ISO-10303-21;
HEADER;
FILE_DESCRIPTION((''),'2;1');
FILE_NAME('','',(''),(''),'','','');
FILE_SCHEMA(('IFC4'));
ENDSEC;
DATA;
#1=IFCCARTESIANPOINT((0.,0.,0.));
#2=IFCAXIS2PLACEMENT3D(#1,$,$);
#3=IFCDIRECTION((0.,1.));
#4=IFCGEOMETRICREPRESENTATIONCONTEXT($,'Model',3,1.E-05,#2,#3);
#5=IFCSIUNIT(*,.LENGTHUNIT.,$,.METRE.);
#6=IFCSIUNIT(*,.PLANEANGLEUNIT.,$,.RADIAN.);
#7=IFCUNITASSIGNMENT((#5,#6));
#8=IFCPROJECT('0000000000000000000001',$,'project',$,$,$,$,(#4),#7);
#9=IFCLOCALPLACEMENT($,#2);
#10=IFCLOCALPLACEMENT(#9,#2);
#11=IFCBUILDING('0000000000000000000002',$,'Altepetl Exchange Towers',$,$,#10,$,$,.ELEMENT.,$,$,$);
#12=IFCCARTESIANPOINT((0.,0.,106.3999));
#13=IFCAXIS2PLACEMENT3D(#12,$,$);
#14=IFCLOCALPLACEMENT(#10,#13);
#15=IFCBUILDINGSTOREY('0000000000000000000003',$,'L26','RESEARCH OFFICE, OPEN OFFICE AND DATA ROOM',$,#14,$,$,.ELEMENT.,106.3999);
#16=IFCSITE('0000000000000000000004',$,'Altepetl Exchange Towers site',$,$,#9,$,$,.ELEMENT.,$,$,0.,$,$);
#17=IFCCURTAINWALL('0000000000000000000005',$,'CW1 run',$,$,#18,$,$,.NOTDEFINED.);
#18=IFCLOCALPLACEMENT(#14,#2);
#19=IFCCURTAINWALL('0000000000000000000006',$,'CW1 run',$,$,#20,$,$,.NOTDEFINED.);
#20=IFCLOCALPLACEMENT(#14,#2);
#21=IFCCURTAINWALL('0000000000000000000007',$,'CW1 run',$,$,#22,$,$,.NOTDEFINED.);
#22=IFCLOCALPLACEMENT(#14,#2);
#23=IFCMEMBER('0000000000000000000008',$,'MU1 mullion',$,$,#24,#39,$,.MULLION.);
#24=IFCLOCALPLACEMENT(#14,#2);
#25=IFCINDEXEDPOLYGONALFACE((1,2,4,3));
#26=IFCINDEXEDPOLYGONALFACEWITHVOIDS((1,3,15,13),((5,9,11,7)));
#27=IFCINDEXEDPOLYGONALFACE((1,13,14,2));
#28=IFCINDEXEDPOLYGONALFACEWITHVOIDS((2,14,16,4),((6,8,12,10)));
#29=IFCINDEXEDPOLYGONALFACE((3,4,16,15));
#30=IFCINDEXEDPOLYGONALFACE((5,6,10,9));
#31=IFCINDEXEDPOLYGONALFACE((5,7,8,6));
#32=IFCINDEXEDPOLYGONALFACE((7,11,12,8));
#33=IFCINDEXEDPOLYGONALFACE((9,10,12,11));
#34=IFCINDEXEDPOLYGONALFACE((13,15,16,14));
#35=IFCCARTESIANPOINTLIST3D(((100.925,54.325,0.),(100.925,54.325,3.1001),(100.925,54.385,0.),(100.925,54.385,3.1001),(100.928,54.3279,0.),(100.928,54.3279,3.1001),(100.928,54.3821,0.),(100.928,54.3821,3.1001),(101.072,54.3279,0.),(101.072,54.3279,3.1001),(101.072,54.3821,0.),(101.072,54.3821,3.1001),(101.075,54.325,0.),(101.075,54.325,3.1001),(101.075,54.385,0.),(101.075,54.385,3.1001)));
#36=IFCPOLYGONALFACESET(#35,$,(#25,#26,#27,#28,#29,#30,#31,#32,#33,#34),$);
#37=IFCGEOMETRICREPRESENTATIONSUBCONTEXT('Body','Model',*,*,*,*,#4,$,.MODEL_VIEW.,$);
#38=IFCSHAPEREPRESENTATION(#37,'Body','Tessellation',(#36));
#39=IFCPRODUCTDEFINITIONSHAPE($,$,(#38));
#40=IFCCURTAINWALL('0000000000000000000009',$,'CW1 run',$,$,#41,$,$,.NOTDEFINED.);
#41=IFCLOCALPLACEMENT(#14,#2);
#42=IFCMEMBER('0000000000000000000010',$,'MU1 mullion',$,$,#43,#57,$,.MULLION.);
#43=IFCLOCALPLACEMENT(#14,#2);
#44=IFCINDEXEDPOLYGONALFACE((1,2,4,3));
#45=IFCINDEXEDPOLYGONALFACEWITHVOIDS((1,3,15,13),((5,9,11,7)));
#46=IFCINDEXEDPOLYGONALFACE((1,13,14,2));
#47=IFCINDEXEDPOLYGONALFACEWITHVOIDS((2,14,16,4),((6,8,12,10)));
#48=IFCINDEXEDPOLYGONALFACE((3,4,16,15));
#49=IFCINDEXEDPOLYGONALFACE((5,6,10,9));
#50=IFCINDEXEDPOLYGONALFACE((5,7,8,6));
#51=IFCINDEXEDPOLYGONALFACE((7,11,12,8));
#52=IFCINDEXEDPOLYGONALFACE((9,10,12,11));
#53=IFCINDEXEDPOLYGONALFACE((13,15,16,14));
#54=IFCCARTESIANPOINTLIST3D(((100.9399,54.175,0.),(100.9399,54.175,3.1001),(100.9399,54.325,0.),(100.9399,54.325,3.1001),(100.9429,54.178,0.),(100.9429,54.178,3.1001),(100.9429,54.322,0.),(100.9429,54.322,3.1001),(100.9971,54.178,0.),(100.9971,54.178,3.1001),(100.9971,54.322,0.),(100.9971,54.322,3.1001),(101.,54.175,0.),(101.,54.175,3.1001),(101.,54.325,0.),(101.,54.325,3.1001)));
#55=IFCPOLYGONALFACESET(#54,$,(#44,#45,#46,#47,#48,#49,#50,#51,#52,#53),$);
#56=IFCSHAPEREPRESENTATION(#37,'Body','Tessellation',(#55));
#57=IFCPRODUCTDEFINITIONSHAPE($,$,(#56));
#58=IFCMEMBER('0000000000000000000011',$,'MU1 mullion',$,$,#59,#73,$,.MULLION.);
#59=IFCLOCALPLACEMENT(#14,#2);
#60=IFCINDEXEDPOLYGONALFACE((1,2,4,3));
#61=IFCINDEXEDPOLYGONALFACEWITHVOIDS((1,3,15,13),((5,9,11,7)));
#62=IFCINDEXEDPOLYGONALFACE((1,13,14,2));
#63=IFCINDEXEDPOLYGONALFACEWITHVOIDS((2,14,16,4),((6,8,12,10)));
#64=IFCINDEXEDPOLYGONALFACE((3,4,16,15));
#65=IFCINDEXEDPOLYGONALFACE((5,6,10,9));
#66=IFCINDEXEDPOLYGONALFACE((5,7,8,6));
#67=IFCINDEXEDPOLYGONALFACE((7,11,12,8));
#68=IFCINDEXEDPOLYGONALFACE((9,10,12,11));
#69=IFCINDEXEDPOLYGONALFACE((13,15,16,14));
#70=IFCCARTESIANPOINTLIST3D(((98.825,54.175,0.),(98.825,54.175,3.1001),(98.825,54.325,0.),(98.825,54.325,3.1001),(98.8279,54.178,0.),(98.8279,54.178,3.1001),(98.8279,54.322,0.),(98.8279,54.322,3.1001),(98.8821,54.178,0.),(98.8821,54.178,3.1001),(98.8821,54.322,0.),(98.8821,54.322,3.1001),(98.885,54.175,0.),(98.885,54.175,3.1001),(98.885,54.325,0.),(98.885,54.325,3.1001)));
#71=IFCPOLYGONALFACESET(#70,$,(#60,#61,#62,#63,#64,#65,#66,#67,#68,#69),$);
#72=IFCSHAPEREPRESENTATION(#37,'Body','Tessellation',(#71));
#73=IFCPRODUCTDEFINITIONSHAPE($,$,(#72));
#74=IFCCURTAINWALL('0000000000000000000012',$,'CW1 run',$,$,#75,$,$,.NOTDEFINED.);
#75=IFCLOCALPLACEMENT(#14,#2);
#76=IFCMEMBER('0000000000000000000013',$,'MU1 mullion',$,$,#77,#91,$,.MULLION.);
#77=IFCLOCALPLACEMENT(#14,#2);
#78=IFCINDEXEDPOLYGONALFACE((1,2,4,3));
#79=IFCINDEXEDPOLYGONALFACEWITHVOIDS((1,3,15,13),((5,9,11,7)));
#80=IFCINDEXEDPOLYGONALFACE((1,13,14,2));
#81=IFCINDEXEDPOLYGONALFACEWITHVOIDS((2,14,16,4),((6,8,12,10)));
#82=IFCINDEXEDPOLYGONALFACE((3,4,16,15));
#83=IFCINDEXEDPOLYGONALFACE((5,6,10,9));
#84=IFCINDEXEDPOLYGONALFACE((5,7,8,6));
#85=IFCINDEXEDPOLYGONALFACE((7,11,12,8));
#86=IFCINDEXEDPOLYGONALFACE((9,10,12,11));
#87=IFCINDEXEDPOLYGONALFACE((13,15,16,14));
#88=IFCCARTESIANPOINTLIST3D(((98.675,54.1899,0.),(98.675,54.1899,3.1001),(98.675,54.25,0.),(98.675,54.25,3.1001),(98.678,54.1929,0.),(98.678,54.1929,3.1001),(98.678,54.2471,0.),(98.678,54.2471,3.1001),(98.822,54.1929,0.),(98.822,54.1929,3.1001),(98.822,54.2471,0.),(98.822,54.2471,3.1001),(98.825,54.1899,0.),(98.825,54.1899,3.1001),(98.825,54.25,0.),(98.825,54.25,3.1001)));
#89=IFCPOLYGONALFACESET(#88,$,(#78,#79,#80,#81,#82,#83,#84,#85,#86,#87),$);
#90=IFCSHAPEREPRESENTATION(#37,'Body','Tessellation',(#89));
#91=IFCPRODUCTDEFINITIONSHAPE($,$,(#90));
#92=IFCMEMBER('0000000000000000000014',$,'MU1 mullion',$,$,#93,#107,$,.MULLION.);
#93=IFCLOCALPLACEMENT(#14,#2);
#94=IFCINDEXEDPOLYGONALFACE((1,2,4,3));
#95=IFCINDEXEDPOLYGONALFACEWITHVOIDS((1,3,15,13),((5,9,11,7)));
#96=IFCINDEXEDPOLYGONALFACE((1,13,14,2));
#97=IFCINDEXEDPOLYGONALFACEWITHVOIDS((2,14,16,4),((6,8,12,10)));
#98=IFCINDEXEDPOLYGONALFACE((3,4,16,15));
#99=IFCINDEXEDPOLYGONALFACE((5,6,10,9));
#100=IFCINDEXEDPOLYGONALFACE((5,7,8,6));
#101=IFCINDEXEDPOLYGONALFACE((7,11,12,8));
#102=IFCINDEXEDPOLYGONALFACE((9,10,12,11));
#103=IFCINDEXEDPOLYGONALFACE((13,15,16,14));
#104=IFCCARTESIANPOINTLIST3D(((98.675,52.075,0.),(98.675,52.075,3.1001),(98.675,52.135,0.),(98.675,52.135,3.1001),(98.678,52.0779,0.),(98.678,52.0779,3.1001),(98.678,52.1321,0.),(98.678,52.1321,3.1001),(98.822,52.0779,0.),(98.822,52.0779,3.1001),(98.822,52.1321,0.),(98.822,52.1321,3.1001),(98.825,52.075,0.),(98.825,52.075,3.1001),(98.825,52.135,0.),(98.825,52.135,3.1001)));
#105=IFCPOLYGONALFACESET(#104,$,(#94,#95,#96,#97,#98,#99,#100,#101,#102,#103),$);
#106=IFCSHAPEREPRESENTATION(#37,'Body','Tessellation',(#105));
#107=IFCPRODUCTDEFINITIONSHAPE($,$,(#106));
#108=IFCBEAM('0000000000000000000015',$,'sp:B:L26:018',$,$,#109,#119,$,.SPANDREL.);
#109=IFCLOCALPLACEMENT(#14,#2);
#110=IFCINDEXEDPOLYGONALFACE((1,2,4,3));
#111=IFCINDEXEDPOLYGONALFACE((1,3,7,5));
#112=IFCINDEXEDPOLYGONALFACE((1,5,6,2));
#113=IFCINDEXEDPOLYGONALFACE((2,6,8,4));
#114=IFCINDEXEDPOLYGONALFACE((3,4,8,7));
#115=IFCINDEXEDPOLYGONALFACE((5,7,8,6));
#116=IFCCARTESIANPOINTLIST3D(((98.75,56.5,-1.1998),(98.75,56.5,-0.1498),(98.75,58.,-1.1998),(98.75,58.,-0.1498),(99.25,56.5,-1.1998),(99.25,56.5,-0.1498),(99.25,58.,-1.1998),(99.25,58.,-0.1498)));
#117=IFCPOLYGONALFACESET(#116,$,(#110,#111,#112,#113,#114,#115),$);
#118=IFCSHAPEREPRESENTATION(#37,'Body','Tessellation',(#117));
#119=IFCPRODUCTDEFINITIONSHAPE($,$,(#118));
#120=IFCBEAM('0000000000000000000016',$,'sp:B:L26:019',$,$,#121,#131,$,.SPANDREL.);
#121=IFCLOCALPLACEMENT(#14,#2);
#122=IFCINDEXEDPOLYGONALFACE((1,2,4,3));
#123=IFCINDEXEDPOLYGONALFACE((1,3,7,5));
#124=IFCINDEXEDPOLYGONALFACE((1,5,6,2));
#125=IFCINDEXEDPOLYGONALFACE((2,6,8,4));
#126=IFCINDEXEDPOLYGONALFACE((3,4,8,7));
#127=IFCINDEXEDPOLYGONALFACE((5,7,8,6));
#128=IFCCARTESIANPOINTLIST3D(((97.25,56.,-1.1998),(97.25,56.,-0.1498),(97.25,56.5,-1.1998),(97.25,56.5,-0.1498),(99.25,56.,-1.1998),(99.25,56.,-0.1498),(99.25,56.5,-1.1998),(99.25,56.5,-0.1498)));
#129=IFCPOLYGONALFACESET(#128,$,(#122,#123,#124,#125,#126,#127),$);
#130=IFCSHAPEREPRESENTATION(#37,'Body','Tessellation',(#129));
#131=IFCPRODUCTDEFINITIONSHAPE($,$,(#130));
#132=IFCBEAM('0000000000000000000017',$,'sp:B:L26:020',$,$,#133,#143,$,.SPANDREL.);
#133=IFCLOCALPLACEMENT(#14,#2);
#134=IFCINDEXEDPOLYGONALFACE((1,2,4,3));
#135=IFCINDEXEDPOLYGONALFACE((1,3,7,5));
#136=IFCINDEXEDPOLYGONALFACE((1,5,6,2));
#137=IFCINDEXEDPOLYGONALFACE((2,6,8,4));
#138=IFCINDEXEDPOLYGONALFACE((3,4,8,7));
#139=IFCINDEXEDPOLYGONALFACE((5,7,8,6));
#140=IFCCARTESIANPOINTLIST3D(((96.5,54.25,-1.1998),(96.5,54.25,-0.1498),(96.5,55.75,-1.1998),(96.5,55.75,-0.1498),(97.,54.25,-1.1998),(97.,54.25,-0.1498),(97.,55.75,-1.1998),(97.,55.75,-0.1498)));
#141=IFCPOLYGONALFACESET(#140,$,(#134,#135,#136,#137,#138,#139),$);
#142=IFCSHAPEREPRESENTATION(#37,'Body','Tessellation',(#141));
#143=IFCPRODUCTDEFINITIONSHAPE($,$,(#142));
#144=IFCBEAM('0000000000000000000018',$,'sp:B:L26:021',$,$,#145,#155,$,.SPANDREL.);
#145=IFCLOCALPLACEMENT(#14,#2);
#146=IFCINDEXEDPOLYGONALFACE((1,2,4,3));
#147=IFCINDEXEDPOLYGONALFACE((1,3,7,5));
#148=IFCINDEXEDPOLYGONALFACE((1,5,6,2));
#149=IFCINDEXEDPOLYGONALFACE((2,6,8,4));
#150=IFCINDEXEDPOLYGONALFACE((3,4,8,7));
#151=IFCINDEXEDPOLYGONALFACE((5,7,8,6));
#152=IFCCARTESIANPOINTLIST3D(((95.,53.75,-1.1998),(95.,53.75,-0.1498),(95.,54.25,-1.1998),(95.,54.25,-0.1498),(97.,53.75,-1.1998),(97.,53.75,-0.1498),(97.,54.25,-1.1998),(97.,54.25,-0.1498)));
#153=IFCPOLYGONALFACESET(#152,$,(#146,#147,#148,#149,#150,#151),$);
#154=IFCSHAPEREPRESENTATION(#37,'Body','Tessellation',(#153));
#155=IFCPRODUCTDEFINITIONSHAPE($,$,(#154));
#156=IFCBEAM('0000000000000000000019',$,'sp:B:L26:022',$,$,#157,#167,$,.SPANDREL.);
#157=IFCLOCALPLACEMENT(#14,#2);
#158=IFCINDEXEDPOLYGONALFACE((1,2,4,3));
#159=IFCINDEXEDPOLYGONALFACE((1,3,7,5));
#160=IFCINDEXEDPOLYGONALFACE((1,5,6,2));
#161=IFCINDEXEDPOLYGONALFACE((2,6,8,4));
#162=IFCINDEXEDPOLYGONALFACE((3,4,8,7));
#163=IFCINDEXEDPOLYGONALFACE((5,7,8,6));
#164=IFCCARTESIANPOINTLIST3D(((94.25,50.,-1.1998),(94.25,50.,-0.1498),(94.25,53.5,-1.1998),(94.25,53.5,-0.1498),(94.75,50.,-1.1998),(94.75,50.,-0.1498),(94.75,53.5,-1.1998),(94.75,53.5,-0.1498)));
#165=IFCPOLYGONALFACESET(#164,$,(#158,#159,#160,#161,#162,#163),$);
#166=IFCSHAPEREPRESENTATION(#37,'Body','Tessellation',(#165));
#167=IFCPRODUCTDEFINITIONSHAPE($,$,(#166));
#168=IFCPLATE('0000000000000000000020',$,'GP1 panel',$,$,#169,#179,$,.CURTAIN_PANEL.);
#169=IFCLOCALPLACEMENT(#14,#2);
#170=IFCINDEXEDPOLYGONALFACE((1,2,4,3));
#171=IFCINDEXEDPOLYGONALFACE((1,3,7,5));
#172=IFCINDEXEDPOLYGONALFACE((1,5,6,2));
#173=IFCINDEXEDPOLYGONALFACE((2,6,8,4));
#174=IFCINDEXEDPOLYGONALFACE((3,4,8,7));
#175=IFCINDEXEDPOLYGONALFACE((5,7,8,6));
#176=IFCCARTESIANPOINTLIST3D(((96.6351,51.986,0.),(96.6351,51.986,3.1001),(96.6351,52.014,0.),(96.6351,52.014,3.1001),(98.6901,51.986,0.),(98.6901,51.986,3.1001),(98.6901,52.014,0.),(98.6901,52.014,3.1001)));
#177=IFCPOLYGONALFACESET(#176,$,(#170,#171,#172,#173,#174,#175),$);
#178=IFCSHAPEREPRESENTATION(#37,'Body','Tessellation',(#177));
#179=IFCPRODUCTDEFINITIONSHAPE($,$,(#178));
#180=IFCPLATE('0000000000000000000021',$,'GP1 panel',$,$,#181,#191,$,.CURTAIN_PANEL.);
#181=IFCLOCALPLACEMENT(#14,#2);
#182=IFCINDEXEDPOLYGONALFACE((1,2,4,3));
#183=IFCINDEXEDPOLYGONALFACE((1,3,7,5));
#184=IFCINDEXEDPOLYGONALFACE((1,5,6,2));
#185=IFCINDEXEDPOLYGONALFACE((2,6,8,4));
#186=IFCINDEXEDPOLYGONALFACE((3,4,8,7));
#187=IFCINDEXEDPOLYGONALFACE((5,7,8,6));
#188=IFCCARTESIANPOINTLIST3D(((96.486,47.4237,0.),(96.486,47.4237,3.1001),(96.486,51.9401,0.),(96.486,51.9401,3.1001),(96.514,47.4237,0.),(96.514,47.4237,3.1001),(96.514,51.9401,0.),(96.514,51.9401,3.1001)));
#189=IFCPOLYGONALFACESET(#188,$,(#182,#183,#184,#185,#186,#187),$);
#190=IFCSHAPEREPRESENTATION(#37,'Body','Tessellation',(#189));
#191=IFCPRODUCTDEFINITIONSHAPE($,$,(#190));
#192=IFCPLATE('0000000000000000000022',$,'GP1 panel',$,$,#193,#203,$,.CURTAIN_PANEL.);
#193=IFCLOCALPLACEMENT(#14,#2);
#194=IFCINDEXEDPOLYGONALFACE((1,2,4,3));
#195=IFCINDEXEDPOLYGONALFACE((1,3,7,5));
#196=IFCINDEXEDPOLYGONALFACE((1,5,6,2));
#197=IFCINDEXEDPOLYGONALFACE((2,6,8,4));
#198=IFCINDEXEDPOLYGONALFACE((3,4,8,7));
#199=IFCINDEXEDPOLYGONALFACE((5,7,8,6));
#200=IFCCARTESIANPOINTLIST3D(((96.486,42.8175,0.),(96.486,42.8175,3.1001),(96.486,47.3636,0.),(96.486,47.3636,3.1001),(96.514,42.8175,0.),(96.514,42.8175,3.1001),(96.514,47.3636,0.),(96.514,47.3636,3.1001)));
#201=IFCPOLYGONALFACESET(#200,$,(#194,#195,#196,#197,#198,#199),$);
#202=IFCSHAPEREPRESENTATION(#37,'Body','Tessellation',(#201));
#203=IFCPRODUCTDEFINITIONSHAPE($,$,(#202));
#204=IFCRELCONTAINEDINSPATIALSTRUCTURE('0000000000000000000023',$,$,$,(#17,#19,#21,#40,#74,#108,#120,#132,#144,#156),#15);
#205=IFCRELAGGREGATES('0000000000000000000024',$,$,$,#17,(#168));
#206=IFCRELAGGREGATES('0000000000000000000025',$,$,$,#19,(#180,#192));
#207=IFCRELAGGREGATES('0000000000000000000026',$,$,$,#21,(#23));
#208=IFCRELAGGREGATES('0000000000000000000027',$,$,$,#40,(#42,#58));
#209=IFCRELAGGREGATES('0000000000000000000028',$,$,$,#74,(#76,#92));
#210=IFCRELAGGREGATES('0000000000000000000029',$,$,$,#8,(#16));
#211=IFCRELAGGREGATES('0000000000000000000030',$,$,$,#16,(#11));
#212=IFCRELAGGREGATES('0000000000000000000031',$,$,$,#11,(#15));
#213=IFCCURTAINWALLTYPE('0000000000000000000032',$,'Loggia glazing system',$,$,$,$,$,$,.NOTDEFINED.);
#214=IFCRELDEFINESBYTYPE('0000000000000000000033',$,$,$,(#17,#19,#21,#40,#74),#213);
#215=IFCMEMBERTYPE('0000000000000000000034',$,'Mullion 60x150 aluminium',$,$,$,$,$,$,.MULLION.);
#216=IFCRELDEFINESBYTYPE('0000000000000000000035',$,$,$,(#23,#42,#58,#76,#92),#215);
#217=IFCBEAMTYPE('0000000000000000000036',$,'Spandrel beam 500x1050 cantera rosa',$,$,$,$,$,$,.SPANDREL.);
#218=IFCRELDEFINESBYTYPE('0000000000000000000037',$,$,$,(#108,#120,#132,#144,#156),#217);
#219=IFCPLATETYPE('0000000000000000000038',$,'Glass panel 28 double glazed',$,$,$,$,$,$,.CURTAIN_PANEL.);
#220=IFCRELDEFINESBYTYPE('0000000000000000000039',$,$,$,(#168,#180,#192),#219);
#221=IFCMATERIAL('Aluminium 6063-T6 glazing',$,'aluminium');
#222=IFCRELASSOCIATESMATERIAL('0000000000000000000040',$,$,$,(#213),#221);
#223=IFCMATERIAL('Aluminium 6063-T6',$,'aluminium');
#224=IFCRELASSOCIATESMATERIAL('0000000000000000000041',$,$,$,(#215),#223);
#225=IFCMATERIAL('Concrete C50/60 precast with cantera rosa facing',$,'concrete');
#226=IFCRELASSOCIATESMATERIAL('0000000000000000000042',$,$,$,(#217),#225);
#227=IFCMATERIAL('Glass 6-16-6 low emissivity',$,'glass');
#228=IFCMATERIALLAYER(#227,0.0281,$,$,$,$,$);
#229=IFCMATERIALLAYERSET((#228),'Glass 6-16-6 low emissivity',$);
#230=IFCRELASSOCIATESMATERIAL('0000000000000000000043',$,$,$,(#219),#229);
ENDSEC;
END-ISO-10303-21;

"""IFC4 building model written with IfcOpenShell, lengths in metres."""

from ifc_helpers import new_model, si_unit, direction, frame, origin, origin_2d, place, context, subcontext, project, spatial, rectangle, hollow_rectangle, extrude, material, layer, layer_set, material_profile, profile_set, type_object, element, aggregate, save


model = new_model("IFC4")

# Units and contexts
model_context = context("Model", 3, precision=1e-05, world=origin(), true_north=direction((0.0, 1.0)))
body_context = subcontext(model_context, "Body", "Model", "MODEL_VIEW")
ifc_project = project(units=[si_unit("LENGTHUNIT", "METRE"), si_unit("PLANEANGLEUNIT", "RADIAN")], contexts=[model_context])

# Site, building, storey
site_placement = place(None, origin())
site = spatial("IfcSite", under=ifc_project, at=site_placement, Name="Altepetl Exchange Towers site", CompositionType="ELEMENT", RefElevation=0.0)
building_placement = place(site_placement, origin())
building = spatial("IfcBuilding", under=site, at=building_placement, Name="Altepetl Exchange Towers", CompositionType="ELEMENT")
storey_placement = place(building_placement, frame((0.0, 0.0, 106.3999)))
storey = spatial("IfcBuildingStorey", under=building, at=storey_placement, Name="L26", Description="RESEARCH OFFICE, OPEN OFFICE AND DATA ROOM", CompositionType="ELEMENT", Elevation=106.3999)

# Curtain walls, members
ifc_material_1 = material(Name="Aluminium 6063-T6 glazing", Category="aluminium")
curtain_wall_type = type_object("IfcCurtainWallType", Name="Loggia glazing system", PredefinedType="NOTDEFINED", material=ifc_material_1)
curtain_wall_1_placement = place(storey_placement, origin())
curtain_wall_1 = element("IfcCurtainWall", 1, at=curtain_wall_1_placement, inside=storey, type_object=curtain_wall_type, Name="CW1 run", PredefinedType="NOTDEFINED")
ifc_material_2 = material(Name="Aluminium 6063-T6", Category="aluminium")
ifc_material_profile_1 = material_profile(ifc_material_2, hollow_rectangle(XDim=0.0601, YDim=0.1499, WallThickness=0.0029, at=origin_2d()), Name="Mullion 60x150 aluminium")
ifc_profile_set_1 = profile_set([ifc_material_profile_1], Name="Aluminium 6063-T6")
member_type = type_object("IfcMemberType", Name="Mullion 60x150 aluminium", PredefinedType="MULLION", material=ifc_profile_set_1)
curtain_wall_2_placement = place(storey_placement, origin())
curtain_wall_2 = element("IfcCurtainWall", 2, at=curtain_wall_2_placement, inside=storey, type_object=curtain_wall_type, Name="CW1 run", PredefinedType="NOTDEFINED")
curtain_wall_3_placement = place(storey_placement, origin())
curtain_wall_3 = element("IfcCurtainWall", 3, at=curtain_wall_3_placement, inside=storey, type_object=curtain_wall_type, Name="CW1 run", PredefinedType="NOTDEFINED")
member_1_placement = place(storey_placement, frame((101.0, 54.355, 0.0), z_axis=(0.0, 0.0, 1.0), x_axis=(0.0, -1.0, 0.0)))
member_1 = element("IfcMember", 4, at=member_1_placement, type_object=member_type, Name="MU1 mullion", PredefinedType="MULLION", context=body_context, shape_type="SweptSolid", body=[
    extrude(hollow_rectangle(XDim=0.0601, YDim=0.1499, WallThickness=0.0029, at=origin_2d()), origin(), (0.0, 0.0, 1.0), 3.1001),
])
curtain_wall_4_placement = place(storey_placement, origin())
curtain_wall_4 = element("IfcCurtainWall", 5, at=curtain_wall_4_placement, inside=storey, type_object=curtain_wall_type, Name="CW1 run", PredefinedType="NOTDEFINED")
member_2_placement = place(storey_placement, frame((100.97, 54.25, 0.0), z_axis=(0.0, 0.0, 1.0), x_axis=(-1.0, 0.0, 0.0)))
member_2 = element("IfcMember", 6, at=member_2_placement, type_object=member_type, Name="MU1 mullion", PredefinedType="MULLION", context=body_context, shape_type="SweptSolid", body=[
    extrude(hollow_rectangle(XDim=0.0601, YDim=0.1499, WallThickness=0.0029, at=origin_2d()), origin(), (0.0, 0.0, 1.0), 3.1001),
])
member_3_placement = place(storey_placement, frame((98.855, 54.25, 0.0), z_axis=(0.0, 0.0, 1.0), x_axis=(-1.0, 0.0, 0.0)))
member_3 = element("IfcMember", 7, at=member_3_placement, type_object=member_type, Name="MU1 mullion", PredefinedType="MULLION", context=body_context, shape_type="SweptSolid", body=[
    extrude(hollow_rectangle(XDim=0.0601, YDim=0.1499, WallThickness=0.0029, at=origin_2d()), origin(), (0.0, 0.0, 1.0), 3.1001),
])
curtain_wall_5_placement = place(storey_placement, origin())
curtain_wall_5 = element("IfcCurtainWall", 8, at=curtain_wall_5_placement, inside=storey, type_object=curtain_wall_type, Name="CW1 run", PredefinedType="NOTDEFINED")
member_4_placement = place(storey_placement, frame((98.75, 54.22, 0.0), z_axis=(0.0, 0.0, 1.0), x_axis=(0.0, -1.0, 0.0)))
member_4 = element("IfcMember", 9, at=member_4_placement, type_object=member_type, Name="MU1 mullion", PredefinedType="MULLION", context=body_context, shape_type="SweptSolid", body=[
    extrude(hollow_rectangle(XDim=0.0601, YDim=0.1499, WallThickness=0.0029, at=origin_2d()), origin(), (0.0, 0.0, 1.0), 3.1001),
])
member_5_placement = place(storey_placement, frame((98.75, 52.105, 0.0), z_axis=(0.0, 0.0, 1.0), x_axis=(0.0, -1.0, 0.0)))
member_5 = element("IfcMember", 10, at=member_5_placement, type_object=member_type, Name="MU1 mullion", PredefinedType="MULLION", context=body_context, shape_type="SweptSolid", body=[
    extrude(hollow_rectangle(XDim=0.0601, YDim=0.1499, WallThickness=0.0029, at=origin_2d()), origin(), (0.0, 0.0, 1.0), 3.1001),
])

# Beams
ifc_material_3 = material(Name="Concrete C50/60 precast with cantera rosa facing", Category="concrete")
ifc_material_profile_2 = material_profile(ifc_material_3, rectangle(XDim=0.5, YDim=1.05, at=origin_2d()), Name="500 x 1050")
ifc_profile_set_2 = profile_set([ifc_material_profile_2], Name="Concrete C50/60 precast with cantera rosa facing")
beam_type_1 = type_object("IfcBeamType", Name="Spandrel beam 500x1050 cantera rosa", PredefinedType="SPANDREL", material=ifc_profile_set_2)
beam_1_placement = place(storey_placement, frame((99.0, 58.0, -0.6748), z_axis=(0.0, -1.0, 0.0), x_axis=(1.0, 0.0, 0.0)))
element("IfcBeam", 11, at=beam_1_placement, inside=storey, type_object=beam_type_1, Name="sp:B:L26:018", PredefinedType="SPANDREL", context=body_context, shape_type="SweptSolid", body=[
    extrude(rectangle(XDim=0.5, YDim=1.05, at=origin_2d()), origin(), (0.0, 0.0, 1.0), 1.5),
])
beam_2_placement = place(storey_placement, frame((99.25, 56.25, -0.6748), z_axis=(-1.0, 0.0, 0.0), x_axis=(0.0, -1.0, 0.0)))
element("IfcBeam", 12, at=beam_2_placement, inside=storey, type_object=beam_type_1, Name="sp:B:L26:019", PredefinedType="SPANDREL", context=body_context, shape_type="SweptSolid", body=[
    extrude(rectangle(XDim=0.5, YDim=1.05, at=origin_2d()), origin(), (0.0, 0.0, 1.0), 2.0),
])
beam_3_placement = place(storey_placement, frame((96.75, 55.75, -0.6748), z_axis=(0.0, -1.0, 0.0), x_axis=(1.0, 0.0, 0.0)))
element("IfcBeam", 13, at=beam_3_placement, inside=storey, type_object=beam_type_1, Name="sp:B:L26:020", PredefinedType="SPANDREL", context=body_context, shape_type="SweptSolid", body=[
    extrude(rectangle(XDim=0.5, YDim=1.05, at=origin_2d()), origin(), (0.0, 0.0, 1.0), 1.5),
])
beam_4_placement = place(storey_placement, frame((97.0, 54.0, -0.6748), z_axis=(-1.0, 0.0, 0.0), x_axis=(0.0, -1.0, 0.0)))
element("IfcBeam", 14, at=beam_4_placement, inside=storey, type_object=beam_type_1, Name="sp:B:L26:021", PredefinedType="SPANDREL", context=body_context, shape_type="SweptSolid", body=[
    extrude(rectangle(XDim=0.5, YDim=1.05, at=origin_2d()), origin(), (0.0, 0.0, 1.0), 2.0),
])
beam_5_placement = place(storey_placement, frame((94.5, 53.5, -0.6748), z_axis=(0.0, -1.0, 0.0), x_axis=(1.0, 0.0, 0.0)))
element("IfcBeam", 15, at=beam_5_placement, inside=storey, type_object=beam_type_1, Name="sp:B:L26:022", PredefinedType="SPANDREL", context=body_context, shape_type="SweptSolid", body=[
    extrude(rectangle(XDim=0.5, YDim=1.05, at=origin_2d()), origin(), (0.0, 0.0, 1.0), 3.5),
])

# Plates
ifc_material_4 = material(Name="Glass 6-16-6 low emissivity", Category="glass")
ifc_layer_1 = layer(ifc_material_4, 0.0281)
ifc_layer_set_1 = layer_set([ifc_layer_1], Name="Glass 6-16-6 low emissivity")
plate_type = type_object("IfcPlateType", Name="Glass panel 28 double glazed", PredefinedType="CURTAIN_PANEL", material=ifc_layer_set_1)
plate_1_placement = place(storey_placement, frame((97.6626, 52.0, 0.0), z_axis=(0.0, 0.0, 1.0), x_axis=(-1.0, 0.0, 0.0)))
plate_1 = element("IfcPlate", 16, at=plate_1_placement, type_object=plate_type, Name="GP1 panel", PredefinedType="CURTAIN_PANEL", context=body_context, shape_type="SweptSolid", body=[
    extrude(rectangle(XDim=2.0549, YDim=0.0281, at=origin_2d()), origin(), (0.0, 0.0, 1.0), 3.1001),
])
aggregate(curtain_wall_1, [plate_1])
plate_2_placement = place(storey_placement, frame((96.5, 49.6819, 0.0), z_axis=(0.0, 0.0, 1.0), x_axis=(0.0, -1.0, 0.0)))
plate_2 = element("IfcPlate", 17, at=plate_2_placement, type_object=plate_type, Name="GP1 panel", PredefinedType="CURTAIN_PANEL", context=body_context, shape_type="SweptSolid", body=[
    extrude(rectangle(XDim=4.5164, YDim=0.0281, at=origin_2d()), origin(), (0.0, 0.0, 1.0), 3.1001),
])
plate_3_placement = place(storey_placement, frame((96.5, 45.0906, 0.0), z_axis=(0.0, 0.0, 1.0), x_axis=(0.0, -1.0, 0.0)))
plate_3 = element("IfcPlate", 18, at=plate_3_placement, type_object=plate_type, Name="GP1 panel", PredefinedType="CURTAIN_PANEL", context=body_context, shape_type="SweptSolid", body=[
    extrude(rectangle(XDim=4.5461, YDim=0.0281, at=origin_2d()), origin(), (0.0, 0.0, 1.0), 3.1001),
])
aggregate(curtain_wall_2, [plate_2, plate_3])
aggregate(curtain_wall_3, [member_1])
aggregate(curtain_wall_4, [member_2, member_3])
aggregate(curtain_wall_5, [member_4, member_5])

save(model, "model.ifc")
